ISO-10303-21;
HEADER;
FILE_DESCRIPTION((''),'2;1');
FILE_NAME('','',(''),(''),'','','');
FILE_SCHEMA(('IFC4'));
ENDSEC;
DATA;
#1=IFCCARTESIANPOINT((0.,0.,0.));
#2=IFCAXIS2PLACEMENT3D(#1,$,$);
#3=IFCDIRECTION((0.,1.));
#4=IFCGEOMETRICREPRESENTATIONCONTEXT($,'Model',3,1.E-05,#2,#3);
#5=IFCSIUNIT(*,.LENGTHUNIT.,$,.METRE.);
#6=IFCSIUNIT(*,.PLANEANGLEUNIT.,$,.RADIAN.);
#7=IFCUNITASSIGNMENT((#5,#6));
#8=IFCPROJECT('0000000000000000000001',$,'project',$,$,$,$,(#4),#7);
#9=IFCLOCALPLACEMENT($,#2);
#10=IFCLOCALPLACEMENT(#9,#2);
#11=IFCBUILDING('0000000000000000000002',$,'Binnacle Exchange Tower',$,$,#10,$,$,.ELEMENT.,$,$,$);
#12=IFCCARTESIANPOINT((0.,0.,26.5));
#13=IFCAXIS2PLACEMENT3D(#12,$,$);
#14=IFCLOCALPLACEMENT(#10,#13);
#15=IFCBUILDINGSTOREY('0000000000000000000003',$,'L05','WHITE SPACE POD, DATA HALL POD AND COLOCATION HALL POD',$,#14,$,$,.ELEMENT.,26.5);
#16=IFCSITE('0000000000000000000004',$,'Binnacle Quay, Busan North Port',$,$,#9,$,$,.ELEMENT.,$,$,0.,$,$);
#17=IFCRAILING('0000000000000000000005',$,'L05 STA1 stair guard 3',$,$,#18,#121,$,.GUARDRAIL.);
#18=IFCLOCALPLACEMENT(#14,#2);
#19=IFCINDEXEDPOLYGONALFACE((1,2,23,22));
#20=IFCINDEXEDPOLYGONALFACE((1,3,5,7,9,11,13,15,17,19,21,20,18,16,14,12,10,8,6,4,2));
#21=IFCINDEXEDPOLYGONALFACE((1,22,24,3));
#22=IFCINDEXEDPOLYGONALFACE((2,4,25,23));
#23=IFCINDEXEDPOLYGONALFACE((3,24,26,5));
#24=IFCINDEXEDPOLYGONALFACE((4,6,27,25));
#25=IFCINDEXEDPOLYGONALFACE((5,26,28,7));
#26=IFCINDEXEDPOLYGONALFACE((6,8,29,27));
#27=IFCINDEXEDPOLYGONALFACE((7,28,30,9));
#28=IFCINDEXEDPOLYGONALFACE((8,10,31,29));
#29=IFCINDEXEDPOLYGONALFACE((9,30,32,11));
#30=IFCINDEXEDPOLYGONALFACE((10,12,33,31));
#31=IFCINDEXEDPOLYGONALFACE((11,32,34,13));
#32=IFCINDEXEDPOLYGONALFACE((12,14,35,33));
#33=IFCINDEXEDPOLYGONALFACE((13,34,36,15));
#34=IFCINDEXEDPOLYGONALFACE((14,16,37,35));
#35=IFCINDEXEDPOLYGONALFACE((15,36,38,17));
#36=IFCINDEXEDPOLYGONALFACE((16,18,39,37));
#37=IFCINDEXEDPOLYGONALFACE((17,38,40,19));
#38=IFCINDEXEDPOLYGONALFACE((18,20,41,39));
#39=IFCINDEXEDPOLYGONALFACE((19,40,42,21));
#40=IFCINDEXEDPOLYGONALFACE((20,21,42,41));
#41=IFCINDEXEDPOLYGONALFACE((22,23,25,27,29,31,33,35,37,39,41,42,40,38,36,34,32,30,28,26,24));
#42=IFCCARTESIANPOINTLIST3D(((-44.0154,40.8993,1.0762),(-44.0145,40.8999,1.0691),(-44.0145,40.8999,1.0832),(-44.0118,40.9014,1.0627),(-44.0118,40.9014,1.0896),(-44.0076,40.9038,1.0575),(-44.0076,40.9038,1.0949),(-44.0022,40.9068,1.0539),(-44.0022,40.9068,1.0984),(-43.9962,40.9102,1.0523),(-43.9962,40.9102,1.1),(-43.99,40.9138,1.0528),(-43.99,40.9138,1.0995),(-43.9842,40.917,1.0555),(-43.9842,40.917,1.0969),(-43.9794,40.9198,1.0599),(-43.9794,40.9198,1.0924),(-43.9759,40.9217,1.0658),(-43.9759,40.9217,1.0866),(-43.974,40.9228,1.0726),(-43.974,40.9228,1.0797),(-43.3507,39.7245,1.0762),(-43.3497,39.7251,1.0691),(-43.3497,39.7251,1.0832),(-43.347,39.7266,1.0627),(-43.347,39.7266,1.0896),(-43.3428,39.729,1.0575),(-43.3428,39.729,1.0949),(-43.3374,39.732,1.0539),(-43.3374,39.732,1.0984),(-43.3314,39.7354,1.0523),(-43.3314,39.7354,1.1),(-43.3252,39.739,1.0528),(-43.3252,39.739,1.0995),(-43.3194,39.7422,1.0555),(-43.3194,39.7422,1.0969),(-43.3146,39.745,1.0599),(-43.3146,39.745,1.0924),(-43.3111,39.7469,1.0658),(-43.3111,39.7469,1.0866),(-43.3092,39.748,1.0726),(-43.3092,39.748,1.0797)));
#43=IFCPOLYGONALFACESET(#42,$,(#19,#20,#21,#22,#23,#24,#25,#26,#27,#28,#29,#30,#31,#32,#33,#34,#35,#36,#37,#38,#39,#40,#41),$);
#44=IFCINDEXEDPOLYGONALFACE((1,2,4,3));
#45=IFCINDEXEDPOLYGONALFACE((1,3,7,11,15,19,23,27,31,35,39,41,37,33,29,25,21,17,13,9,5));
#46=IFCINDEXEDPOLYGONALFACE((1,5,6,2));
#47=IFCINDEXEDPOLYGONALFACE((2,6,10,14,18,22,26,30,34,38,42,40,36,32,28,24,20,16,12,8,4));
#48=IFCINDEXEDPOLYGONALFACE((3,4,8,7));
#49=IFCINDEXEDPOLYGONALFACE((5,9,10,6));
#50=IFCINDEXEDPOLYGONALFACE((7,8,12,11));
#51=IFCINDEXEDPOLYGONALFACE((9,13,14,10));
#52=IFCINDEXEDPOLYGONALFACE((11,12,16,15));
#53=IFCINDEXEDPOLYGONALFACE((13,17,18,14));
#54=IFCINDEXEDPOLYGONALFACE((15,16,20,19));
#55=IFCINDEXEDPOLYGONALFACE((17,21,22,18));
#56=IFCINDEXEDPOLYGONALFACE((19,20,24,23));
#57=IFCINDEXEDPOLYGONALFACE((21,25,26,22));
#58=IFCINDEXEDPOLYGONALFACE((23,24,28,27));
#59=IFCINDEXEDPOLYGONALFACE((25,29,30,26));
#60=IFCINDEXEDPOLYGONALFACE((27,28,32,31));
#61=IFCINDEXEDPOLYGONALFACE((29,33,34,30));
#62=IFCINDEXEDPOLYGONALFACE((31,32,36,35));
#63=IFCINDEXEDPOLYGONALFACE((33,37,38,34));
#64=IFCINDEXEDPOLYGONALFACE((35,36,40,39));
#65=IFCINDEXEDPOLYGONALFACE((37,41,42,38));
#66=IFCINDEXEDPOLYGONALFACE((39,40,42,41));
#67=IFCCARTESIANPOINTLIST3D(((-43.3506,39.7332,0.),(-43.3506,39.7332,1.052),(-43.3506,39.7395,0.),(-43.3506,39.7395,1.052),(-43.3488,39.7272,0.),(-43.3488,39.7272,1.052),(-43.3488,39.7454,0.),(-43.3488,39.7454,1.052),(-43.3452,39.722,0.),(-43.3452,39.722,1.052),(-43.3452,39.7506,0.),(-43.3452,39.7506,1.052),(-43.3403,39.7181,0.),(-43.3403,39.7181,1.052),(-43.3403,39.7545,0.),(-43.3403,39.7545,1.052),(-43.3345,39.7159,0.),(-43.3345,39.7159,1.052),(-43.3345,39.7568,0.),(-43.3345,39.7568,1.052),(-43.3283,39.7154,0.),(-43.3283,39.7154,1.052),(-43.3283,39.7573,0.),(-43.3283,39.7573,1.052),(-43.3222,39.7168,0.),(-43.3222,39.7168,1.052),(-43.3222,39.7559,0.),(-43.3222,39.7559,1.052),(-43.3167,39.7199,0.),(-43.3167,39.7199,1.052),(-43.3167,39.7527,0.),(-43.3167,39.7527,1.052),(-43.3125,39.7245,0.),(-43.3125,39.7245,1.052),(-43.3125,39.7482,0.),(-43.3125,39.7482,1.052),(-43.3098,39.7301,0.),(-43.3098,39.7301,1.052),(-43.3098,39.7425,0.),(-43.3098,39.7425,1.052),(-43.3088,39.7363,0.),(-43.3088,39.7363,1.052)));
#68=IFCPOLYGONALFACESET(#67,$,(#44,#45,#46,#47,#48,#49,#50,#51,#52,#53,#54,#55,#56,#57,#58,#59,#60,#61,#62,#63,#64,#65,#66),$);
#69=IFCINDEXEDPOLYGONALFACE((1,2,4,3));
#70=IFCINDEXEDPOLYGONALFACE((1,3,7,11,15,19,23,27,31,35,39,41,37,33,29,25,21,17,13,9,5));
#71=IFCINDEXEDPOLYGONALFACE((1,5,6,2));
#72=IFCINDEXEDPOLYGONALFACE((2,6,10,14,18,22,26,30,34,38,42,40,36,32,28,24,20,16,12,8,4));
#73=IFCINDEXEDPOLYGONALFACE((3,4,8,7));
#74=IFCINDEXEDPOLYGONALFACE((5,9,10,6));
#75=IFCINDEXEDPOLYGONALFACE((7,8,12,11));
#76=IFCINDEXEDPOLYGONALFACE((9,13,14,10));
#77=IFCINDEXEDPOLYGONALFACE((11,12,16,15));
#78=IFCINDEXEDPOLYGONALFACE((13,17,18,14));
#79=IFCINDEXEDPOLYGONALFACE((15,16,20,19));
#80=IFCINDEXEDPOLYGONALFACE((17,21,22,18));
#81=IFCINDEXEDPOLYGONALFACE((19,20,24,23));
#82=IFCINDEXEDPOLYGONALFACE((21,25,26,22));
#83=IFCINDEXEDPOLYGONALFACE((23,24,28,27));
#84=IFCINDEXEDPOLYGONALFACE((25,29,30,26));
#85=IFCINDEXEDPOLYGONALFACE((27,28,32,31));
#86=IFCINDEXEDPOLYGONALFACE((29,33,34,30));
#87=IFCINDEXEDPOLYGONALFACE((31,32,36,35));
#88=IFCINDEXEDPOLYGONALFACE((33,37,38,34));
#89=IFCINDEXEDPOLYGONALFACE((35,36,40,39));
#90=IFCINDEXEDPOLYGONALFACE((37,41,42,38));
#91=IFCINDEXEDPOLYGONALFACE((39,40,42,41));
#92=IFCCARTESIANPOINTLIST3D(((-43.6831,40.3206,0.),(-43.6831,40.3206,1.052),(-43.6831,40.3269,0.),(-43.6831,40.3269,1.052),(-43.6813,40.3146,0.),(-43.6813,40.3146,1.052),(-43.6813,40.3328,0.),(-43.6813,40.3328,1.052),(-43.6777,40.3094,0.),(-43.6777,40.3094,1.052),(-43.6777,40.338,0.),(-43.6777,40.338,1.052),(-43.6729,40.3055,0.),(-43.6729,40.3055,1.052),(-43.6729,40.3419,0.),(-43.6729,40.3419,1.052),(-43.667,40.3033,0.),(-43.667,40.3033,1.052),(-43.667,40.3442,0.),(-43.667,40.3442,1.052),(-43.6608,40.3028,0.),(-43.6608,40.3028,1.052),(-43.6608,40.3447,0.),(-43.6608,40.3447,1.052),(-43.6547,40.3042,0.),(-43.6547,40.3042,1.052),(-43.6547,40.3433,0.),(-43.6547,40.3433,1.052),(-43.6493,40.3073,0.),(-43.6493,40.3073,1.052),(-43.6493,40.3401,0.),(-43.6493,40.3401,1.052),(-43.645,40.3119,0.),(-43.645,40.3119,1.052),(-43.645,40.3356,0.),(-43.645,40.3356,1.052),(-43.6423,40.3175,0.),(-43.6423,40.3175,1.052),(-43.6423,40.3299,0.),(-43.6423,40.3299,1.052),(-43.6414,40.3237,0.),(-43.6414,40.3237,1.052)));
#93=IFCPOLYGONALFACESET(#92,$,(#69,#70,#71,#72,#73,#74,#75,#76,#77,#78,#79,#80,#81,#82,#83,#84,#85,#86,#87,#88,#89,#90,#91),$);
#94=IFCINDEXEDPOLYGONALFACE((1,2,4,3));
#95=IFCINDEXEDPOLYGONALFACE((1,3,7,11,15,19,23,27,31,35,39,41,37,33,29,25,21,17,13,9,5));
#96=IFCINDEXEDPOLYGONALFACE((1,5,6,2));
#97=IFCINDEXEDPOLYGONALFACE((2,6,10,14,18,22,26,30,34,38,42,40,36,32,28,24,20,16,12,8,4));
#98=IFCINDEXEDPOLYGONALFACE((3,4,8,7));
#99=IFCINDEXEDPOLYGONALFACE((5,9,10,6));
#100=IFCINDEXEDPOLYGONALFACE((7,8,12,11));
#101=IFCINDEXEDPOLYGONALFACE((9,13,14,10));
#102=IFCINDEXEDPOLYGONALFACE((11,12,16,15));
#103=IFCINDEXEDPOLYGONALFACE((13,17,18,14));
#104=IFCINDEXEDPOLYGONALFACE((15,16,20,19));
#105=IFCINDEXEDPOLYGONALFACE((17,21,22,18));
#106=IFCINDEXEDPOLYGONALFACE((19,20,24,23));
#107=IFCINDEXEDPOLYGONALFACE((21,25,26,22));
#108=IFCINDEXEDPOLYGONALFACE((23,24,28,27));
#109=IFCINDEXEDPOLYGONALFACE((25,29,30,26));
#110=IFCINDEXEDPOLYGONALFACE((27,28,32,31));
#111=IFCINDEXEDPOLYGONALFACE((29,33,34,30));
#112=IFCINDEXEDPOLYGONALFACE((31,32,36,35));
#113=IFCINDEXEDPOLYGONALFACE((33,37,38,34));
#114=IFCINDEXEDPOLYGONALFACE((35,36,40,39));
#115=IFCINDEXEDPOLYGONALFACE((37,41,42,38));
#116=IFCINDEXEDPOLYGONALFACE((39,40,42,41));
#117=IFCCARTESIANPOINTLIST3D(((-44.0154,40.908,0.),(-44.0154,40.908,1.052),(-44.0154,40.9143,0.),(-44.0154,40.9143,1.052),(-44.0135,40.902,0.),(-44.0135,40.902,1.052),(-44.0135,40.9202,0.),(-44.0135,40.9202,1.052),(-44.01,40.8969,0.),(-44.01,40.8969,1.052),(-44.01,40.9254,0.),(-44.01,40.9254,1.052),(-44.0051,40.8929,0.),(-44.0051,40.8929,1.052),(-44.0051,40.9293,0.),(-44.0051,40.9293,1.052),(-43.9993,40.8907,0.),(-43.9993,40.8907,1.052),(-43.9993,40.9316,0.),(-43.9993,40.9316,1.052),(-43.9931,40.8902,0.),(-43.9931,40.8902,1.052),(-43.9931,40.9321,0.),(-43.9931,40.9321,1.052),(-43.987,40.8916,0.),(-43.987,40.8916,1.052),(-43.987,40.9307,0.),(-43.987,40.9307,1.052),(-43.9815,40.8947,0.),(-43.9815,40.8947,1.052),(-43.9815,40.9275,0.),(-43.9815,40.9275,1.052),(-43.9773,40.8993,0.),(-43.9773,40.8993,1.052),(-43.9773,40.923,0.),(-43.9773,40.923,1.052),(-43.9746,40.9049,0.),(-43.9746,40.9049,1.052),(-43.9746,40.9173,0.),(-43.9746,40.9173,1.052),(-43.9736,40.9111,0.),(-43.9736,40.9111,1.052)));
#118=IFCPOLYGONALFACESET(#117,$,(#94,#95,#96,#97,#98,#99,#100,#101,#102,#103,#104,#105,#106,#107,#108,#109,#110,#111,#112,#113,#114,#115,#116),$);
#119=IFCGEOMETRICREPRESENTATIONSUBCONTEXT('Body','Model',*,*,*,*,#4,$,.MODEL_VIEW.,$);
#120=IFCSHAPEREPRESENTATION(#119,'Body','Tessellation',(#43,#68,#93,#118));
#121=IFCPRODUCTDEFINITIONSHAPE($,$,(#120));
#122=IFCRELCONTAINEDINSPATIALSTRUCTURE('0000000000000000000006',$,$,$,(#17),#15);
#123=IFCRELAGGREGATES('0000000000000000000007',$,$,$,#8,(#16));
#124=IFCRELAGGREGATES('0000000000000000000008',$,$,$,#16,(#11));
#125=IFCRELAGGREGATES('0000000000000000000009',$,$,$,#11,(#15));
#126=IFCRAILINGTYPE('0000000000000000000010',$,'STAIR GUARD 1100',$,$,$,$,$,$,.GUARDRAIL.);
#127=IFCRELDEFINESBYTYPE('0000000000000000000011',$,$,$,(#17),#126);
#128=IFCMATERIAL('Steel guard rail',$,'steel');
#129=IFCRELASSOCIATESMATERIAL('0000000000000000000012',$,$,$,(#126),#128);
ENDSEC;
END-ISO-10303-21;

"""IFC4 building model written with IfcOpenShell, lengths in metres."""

from ifc_helpers import new_model, si_unit, direction, frame, origin, origin_2d, place, context, subcontext, project, spatial, circle, extrude, material, type_object, element, save


model = new_model("IFC4")

# Units and contexts
model_context = context("Model", 3, precision=1e-05, world=origin(), true_north=direction((0.0, 1.0)))
body_context = subcontext(model_context, "Body", "Model", "MODEL_VIEW")
ifc_project = project(units=[si_unit("LENGTHUNIT", "METRE"), si_unit("PLANEANGLEUNIT", "RADIAN")], contexts=[model_context])

# Site, building, storey
site_placement = place(None, origin())
site = spatial("IfcSite", under=ifc_project, at=site_placement, Name="Binnacle Quay, Busan North Port", CompositionType="ELEMENT", RefElevation=0.0)
building_placement = place(site_placement, origin())
building = spatial("IfcBuilding", under=site, at=building_placement, Name="Binnacle Exchange Tower", CompositionType="ELEMENT")
storey_placement = place(building_placement, frame((0.0, 0.0, 26.5)))
storey = spatial("IfcBuildingStorey", under=building, at=storey_placement, Name="L05", Description="WHITE SPACE POD, DATA HALL POD AND COLOCATION HALL POD", CompositionType="ELEMENT", Elevation=26.5)

# Railing
ifc_material_1 = material(Name="Steel guard rail", Category="steel")
railing_type_1 = type_object("IfcRailingType", Name="STAIR GUARD 1100", PredefinedType="GUARDRAIL", material=ifc_material_1)
railing_1_placement = place(storey_placement, frame((-43.3298, 39.7363, 0.0)))
element("IfcRailing", 1, at=railing_1_placement, inside=storey, type_object=railing_type_1, Name="L05 STA1 stair guard 3", PredefinedType="GUARDRAIL", context=body_context, shape_type="SweptSolid", body=[
    extrude(circle(Radius=0.0239, at=origin_2d()), frame((0.0, 0.0, 1.0762), z_axis=(-0.492492, 0.870317, 0.0), x_axis=(-0.870317, -0.492492, 0.0)), (0.0, 0.0, 1.0), 1.3499),
    extrude(circle(Radius=0.021, at=origin_2d()), origin(), (0.0, 0.0, 1.0), 1.052),
    extrude(circle(Radius=0.021, at=origin_2d()), frame((-0.3325, 0.5874, 0.0)), (0.0, 0.0, 1.0), 1.052),
    extrude(circle(Radius=0.021, at=origin_2d()), frame((-0.6648, 1.1748, 0.0)), (0.0, 0.0, 1.0), 1.052),
])

save(model, "model.ifc")
